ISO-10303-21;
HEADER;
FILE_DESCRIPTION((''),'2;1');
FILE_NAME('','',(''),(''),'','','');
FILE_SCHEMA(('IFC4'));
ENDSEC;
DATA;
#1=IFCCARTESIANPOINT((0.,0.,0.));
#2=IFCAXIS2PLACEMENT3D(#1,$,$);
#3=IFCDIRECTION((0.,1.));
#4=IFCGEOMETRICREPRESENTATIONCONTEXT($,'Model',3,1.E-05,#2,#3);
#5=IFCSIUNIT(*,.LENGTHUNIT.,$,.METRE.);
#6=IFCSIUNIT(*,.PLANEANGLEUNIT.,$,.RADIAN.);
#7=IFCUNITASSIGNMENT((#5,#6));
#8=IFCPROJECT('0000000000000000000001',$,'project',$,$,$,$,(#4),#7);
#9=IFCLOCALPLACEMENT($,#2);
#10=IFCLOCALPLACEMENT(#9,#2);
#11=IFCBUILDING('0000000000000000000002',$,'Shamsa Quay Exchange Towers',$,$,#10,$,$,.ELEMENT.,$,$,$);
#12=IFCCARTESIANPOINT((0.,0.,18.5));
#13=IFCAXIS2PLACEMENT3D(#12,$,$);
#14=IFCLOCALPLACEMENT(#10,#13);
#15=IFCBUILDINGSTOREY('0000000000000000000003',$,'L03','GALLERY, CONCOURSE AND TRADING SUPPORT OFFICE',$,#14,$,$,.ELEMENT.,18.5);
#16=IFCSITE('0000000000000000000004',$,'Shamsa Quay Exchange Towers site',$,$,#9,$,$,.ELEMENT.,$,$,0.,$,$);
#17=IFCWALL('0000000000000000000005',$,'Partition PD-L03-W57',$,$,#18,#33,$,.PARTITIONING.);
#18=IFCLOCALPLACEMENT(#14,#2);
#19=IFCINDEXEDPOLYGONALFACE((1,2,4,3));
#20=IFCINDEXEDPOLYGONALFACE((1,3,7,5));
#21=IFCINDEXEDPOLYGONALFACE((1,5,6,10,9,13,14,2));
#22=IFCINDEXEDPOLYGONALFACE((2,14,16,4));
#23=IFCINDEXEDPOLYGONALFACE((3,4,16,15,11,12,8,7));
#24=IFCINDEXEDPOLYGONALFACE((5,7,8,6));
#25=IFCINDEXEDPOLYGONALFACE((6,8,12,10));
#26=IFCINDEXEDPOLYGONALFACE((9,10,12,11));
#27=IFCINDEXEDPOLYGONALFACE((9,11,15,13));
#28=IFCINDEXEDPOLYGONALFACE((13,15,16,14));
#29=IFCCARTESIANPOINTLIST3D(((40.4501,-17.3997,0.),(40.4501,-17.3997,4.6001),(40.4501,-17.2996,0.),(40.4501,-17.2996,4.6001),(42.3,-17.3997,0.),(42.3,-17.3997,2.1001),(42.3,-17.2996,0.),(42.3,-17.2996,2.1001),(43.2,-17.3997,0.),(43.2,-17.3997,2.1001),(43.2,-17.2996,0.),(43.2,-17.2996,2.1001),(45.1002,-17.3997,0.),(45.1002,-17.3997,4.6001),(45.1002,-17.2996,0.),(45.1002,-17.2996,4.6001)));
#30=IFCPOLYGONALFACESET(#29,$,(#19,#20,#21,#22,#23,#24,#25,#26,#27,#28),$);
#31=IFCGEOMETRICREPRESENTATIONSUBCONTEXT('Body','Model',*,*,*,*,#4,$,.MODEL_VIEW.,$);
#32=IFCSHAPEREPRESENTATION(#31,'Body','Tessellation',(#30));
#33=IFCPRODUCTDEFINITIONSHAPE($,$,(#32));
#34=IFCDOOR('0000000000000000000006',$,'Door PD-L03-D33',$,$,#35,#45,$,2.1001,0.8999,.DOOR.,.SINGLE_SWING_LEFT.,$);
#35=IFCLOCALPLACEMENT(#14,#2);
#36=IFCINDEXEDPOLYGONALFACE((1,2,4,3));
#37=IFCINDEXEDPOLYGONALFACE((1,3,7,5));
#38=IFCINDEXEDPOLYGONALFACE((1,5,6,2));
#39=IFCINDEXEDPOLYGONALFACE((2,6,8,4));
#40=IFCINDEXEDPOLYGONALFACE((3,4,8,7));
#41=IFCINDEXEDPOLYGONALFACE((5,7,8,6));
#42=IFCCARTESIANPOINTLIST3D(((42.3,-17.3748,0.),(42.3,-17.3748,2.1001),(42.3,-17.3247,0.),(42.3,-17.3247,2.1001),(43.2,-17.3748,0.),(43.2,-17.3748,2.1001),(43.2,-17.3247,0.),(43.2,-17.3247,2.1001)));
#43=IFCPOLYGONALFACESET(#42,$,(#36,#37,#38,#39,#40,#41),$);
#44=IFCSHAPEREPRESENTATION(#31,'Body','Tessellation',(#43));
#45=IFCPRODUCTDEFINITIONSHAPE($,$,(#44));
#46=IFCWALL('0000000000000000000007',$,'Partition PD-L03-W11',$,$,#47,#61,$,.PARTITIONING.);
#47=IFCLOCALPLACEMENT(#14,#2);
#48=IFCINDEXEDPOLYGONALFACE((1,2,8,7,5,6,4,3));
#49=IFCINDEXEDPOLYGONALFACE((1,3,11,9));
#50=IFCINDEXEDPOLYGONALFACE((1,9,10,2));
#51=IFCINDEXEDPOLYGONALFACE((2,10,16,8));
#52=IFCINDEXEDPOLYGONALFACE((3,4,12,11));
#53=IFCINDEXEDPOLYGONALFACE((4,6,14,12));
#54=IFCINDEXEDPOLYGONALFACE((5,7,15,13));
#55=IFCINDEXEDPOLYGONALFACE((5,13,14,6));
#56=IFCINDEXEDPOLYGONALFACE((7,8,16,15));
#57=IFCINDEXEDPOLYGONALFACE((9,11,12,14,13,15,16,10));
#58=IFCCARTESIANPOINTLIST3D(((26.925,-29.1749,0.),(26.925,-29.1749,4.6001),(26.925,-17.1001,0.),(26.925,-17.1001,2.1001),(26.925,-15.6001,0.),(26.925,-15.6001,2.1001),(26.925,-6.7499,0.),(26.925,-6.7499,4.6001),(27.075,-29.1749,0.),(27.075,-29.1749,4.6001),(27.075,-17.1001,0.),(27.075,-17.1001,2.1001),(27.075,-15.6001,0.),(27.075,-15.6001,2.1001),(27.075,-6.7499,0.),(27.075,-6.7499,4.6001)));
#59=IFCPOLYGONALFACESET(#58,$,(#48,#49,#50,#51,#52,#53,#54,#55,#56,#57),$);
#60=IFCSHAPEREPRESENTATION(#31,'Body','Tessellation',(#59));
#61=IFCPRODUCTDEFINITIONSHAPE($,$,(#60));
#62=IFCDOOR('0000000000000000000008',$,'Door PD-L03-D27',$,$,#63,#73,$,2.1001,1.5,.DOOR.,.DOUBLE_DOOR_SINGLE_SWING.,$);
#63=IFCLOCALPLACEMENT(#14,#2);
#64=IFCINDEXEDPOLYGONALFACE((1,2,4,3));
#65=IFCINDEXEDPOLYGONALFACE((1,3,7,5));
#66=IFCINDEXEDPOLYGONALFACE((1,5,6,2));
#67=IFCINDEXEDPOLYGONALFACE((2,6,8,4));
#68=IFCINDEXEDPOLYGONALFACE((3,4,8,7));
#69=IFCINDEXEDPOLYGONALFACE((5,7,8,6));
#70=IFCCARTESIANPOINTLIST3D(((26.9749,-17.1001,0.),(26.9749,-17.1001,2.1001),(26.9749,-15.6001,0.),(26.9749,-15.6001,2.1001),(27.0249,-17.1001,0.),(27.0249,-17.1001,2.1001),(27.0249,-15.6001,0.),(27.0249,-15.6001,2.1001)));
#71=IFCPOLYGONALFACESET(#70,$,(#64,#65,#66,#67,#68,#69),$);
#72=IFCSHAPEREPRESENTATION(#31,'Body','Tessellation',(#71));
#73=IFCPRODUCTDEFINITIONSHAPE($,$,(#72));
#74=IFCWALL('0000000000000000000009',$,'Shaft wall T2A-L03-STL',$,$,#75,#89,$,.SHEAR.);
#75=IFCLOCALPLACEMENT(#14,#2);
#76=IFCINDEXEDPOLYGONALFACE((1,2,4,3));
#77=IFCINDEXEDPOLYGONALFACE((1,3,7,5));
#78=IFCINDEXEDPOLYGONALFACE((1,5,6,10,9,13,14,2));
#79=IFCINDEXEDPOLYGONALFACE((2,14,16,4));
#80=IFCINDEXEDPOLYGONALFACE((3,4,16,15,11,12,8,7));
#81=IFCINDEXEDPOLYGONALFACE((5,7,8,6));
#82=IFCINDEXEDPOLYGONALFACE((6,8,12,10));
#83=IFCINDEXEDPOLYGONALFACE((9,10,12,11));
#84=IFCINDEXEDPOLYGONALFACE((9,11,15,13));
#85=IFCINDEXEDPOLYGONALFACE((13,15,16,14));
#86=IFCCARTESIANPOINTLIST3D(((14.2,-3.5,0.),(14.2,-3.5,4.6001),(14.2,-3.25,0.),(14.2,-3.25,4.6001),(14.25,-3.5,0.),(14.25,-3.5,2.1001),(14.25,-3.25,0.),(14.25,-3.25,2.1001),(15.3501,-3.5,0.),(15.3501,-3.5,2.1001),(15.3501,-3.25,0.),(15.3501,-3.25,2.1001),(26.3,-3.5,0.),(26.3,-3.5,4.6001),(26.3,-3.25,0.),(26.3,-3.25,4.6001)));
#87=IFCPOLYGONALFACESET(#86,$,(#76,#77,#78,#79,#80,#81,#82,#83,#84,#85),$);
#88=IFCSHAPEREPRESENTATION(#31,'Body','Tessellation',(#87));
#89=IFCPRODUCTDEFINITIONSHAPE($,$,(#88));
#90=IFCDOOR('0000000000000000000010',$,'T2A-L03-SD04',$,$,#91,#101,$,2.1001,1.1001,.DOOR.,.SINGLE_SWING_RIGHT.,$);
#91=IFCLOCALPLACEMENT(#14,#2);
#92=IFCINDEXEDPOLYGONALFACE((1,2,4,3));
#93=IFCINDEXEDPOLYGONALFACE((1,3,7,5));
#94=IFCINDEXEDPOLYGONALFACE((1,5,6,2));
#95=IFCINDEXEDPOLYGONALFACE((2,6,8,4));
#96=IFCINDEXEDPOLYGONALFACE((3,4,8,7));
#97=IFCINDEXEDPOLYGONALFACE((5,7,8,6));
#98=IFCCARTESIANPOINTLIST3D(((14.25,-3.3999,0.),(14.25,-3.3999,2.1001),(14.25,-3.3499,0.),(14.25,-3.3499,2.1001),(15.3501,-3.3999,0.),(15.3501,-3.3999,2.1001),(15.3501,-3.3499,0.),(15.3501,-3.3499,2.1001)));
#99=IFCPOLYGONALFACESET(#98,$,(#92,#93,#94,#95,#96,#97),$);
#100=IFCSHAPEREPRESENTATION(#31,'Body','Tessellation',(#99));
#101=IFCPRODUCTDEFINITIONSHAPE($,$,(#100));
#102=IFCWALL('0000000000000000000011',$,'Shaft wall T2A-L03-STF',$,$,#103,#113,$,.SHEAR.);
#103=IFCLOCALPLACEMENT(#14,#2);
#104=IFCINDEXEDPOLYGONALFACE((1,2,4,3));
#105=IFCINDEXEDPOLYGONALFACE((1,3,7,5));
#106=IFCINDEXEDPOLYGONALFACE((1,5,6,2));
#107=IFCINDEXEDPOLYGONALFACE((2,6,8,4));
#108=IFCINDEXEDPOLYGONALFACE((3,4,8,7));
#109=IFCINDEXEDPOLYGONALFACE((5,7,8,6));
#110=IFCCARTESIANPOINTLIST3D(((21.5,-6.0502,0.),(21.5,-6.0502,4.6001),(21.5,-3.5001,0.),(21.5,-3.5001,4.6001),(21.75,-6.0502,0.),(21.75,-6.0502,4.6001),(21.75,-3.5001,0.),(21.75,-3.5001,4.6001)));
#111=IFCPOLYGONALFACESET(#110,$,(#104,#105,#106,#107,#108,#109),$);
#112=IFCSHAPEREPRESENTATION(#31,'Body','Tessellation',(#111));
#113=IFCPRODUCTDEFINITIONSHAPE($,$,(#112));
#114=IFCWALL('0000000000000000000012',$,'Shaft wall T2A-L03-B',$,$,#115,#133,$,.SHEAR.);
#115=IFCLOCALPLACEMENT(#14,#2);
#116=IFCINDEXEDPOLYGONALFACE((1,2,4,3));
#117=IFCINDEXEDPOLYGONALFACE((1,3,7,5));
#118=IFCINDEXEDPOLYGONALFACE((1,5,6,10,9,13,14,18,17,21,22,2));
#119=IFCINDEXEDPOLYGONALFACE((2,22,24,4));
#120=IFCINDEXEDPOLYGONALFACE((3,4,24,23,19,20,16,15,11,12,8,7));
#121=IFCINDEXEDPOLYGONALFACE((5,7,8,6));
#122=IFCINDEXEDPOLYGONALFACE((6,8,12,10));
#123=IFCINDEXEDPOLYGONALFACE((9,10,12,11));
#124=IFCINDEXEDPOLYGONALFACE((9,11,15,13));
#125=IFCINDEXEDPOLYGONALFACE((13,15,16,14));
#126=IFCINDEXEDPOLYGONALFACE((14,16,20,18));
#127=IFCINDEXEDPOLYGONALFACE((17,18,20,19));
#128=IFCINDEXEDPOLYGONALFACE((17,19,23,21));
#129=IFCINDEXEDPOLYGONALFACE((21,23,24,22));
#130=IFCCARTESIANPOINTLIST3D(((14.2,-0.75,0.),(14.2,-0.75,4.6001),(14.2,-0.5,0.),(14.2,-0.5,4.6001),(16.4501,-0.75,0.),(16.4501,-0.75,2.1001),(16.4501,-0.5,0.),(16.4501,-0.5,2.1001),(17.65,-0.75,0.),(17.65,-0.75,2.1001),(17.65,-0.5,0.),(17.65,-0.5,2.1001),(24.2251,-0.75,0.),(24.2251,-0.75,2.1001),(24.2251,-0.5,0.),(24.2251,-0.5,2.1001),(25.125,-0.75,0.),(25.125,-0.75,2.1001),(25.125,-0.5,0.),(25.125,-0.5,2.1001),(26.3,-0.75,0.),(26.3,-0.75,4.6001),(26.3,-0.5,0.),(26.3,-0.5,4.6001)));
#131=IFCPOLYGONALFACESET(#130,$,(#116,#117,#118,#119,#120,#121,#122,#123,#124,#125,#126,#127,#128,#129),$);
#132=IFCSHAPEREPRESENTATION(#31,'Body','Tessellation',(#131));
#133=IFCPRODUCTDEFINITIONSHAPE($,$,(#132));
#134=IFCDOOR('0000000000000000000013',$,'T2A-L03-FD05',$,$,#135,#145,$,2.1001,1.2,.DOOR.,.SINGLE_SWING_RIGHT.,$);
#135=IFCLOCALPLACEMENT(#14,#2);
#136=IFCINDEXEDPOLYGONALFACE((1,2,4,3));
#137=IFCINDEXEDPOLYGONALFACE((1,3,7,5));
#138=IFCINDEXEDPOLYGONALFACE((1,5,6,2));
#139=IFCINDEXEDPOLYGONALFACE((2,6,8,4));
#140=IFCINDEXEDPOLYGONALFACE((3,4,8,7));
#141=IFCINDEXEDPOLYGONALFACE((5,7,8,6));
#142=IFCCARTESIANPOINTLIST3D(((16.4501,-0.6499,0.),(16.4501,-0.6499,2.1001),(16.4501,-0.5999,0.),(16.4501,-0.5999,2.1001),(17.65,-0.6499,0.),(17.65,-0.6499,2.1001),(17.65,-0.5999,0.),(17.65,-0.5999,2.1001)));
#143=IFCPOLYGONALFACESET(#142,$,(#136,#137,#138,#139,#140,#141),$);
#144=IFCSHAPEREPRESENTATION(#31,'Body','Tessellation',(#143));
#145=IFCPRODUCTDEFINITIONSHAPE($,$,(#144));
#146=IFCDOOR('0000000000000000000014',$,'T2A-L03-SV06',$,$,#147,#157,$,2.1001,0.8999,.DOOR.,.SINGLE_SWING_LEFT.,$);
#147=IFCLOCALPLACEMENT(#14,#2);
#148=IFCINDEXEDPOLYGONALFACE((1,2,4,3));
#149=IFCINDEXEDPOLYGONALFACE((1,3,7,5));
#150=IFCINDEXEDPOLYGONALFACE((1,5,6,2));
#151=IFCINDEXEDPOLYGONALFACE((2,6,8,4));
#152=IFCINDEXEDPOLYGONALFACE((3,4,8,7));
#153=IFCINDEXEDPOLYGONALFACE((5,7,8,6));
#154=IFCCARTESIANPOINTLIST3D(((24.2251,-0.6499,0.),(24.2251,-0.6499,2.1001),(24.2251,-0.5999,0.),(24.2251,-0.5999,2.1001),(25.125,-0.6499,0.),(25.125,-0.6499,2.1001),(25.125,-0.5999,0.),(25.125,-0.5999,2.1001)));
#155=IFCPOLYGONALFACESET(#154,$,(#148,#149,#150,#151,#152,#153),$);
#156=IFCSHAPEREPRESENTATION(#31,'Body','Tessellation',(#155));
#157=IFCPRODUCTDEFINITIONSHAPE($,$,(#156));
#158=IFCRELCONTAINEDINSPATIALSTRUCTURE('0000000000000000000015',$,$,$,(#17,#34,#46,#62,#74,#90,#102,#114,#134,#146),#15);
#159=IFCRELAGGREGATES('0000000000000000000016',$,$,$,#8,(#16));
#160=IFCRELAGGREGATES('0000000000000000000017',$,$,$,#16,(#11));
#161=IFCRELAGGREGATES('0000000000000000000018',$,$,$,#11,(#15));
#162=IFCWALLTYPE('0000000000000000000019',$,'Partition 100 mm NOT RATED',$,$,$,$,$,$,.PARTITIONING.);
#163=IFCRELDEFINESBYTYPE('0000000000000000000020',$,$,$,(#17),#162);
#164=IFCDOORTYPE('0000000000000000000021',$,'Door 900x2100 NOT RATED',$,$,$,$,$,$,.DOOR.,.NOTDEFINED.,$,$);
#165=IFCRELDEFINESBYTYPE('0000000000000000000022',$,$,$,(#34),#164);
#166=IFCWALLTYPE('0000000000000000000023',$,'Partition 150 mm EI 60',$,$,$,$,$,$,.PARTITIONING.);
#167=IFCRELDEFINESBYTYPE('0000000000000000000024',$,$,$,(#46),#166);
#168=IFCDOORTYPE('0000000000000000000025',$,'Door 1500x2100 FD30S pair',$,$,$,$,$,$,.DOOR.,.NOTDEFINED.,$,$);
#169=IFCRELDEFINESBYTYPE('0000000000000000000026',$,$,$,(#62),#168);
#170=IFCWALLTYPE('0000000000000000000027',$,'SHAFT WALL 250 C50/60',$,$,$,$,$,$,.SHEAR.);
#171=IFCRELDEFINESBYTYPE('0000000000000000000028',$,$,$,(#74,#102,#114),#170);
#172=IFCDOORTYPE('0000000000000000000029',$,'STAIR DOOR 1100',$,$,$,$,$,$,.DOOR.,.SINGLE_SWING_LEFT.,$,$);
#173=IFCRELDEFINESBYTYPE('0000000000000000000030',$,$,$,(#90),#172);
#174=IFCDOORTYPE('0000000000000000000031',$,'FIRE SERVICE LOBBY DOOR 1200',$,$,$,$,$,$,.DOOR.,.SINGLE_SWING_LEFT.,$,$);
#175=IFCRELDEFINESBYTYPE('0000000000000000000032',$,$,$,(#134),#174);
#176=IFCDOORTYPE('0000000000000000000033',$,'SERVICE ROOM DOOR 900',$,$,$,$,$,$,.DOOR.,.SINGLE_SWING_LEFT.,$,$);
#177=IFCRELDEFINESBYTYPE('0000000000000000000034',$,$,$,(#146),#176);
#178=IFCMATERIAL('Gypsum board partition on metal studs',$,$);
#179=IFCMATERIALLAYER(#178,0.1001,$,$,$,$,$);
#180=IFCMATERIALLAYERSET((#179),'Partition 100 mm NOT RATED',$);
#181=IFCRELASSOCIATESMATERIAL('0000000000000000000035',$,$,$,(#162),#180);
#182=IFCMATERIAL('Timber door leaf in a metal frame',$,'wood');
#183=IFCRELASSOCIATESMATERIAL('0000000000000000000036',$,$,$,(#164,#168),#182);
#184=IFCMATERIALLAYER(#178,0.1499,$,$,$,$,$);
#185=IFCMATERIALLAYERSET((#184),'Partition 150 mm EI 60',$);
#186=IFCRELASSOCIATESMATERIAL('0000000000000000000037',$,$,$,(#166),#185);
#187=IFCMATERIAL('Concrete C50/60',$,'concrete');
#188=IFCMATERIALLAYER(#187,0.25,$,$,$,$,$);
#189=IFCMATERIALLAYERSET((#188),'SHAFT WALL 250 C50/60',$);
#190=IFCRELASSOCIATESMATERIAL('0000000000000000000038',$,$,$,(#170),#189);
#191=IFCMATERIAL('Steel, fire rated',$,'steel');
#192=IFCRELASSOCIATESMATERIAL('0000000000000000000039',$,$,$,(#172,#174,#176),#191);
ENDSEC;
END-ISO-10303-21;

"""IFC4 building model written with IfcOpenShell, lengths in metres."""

from ifc_helpers import new_model, si_unit, direction, frame, frame_2d, origin, place, context, subcontext, project, spatial, rectangle, extrude, material, layer, layer_set, type_object, element, fill, save


model = new_model("IFC4")

# Units and contexts
model_context = context("Model", 3, precision=1e-05, world=origin(), true_north=direction((0.0, 1.0)))
body_context = subcontext(model_context, "Body", "Model", "MODEL_VIEW")
ifc_project = project(units=[si_unit("LENGTHUNIT", "METRE"), si_unit("PLANEANGLEUNIT", "RADIAN")], contexts=[model_context])

# Site, building, storey
site_placement = place(None, origin())
site = spatial("IfcSite", under=ifc_project, at=site_placement, Name="Shamsa Quay Exchange Towers site", CompositionType="ELEMENT", RefElevation=0.0)
building_placement = place(site_placement, origin())
building = spatial("IfcBuilding", under=site, at=building_placement, Name="Shamsa Quay Exchange Towers", CompositionType="ELEMENT")
storey_placement = place(building_placement, frame((0.0, 0.0, 18.5)))
storey = spatial("IfcBuildingStorey", under=building, at=storey_placement, Name="L03", Description="GALLERY, CONCOURSE AND TRADING SUPPORT OFFICE", CompositionType="ELEMENT", Elevation=18.5)

# Shared definitions
ifc_material_1 = material(Name="Steel, fire rated", Category="steel")
ifc_material_2 = material(Name="Gypsum board partition on metal studs")
ifc_layer_1 = layer(ifc_material_2, 0.1001)
ifc_layer_set_1 = layer_set([ifc_layer_1], Name="Partition 100 mm NOT RATED")
wall_type_1 = type_object("IfcWallType", Name="Partition 100 mm NOT RATED", PredefinedType="PARTITIONING", material=ifc_layer_set_1)
ifc_material_3 = material(Name="Timber door leaf in a metal frame", Category="wood")
door_type_1 = type_object("IfcDoorType", Name="Door 900x2100 NOT RATED", OperationType="NOTDEFINED", PredefinedType="DOOR", material=ifc_material_3)

# Walls, openings, doors
wall_1_placement = place(storey_placement, frame((40.45, -17.3496, 0.0)))
wall_1 = element("IfcWall", 1, at=wall_1_placement, inside=storey, type_object=wall_type_1, Name="Partition PD-L03-W57", PredefinedType="PARTITIONING", context=body_context, shape_type="SweptSolid", body=[
    extrude(rectangle(XDim=4.6501, YDim=0.1001, at=frame_2d((2.3252, 0.0))), origin(), (0.0, 0.0, 1.0), 4.6001),
])
opening_1_placement = place(wall_1_placement, frame((1.8501, 0.0, 0.0)))
opening_1 = element("IfcOpeningElement", 2, at=opening_1_placement, cuts=wall_1, PredefinedType="OPENING", context=body_context, shape_type="SweptSolid", body=[
    extrude(rectangle(XDim=0.8999, YDim=2.1001, at=frame_2d((0.45, 1.05))), frame((0.0, 0.0601, 0.0), z_axis=(0.0, -1.0, 0.0), x_axis=(1.0, 0.0, 0.0)), (0.0, 0.0, 1.0), 0.1201),
])
door_1_placement = place(opening_1_placement, origin())
door_1 = element("IfcDoor", 3, at=door_1_placement, inside=storey, type_object=door_type_1, Name="Door PD-L03-D33", OperationType="SINGLE_SWING_LEFT", OverallHeight=2.1001, OverallWidth=0.8999, PredefinedType="DOOR", context=body_context, shape_type="SweptSolid", body=[
    extrude(rectangle(XDim=0.8999, YDim=2.1001, at=frame_2d((0.45, 1.05))), frame((0.0, 0.0249, 0.0), z_axis=(0.0, -1.0, 0.0), x_axis=(1.0, 0.0, 0.0)), (0.0, 0.0, 1.0), 0.05),
])
fill(opening_1, door_1)
ifc_layer_2 = layer(ifc_material_2, 0.1499)
ifc_layer_set_2 = layer_set([ifc_layer_2], Name="Partition 150 mm EI 60")
wall_type_2 = type_object("IfcWallType", Name="Partition 150 mm EI 60", PredefinedType="PARTITIONING", material=ifc_layer_set_2)
wall_2_placement = place(storey_placement, frame((27.0, -6.75, 0.0), z_axis=(0.0, 0.0, 1.0), x_axis=(0.0, -1.0, 0.0)))
wall_2 = element("IfcWall", 4, at=wall_2_placement, inside=storey, type_object=wall_type_2, Name="Partition PD-L03-W11", PredefinedType="PARTITIONING", context=body_context, shape_type="SweptSolid", body=[
    extrude(rectangle(XDim=22.425, YDim=0.1499, at=frame_2d((11.2124, 0.0))), origin(), (0.0, 0.0, 1.0), 4.6001),
])
opening_2_placement = place(wall_2_placement, frame((8.8501, 0.0, 0.0)))
opening_2 = element("IfcOpeningElement", 5, at=opening_2_placement, cuts=wall_2, PredefinedType="OPENING", context=body_context, shape_type="SweptSolid", body=[
    extrude(rectangle(XDim=1.5, YDim=2.1001, at=frame_2d((0.75, 1.05))), frame((0.0, 0.085, 0.0), z_axis=(0.0, -1.0, 0.0), x_axis=(1.0, 0.0, 0.0)), (0.0, 0.0, 1.0), 0.1699),
])
door_type_2 = type_object("IfcDoorType", Name="Door 1500x2100 FD30S pair", OperationType="NOTDEFINED", PredefinedType="DOOR", material=ifc_material_3)
door_2_placement = place(opening_2_placement, origin())
door_2 = element("IfcDoor", 6, at=door_2_placement, inside=storey, type_object=door_type_2, Name="Door PD-L03-D27", OperationType="DOUBLE_DOOR_SINGLE_SWING", OverallHeight=2.1001, OverallWidth=1.5, PredefinedType="DOOR", context=body_context, shape_type="SweptSolid", body=[
    extrude(rectangle(XDim=1.5, YDim=2.1001, at=frame_2d((0.75, 1.05))), frame((0.0, 0.0249, 0.0), z_axis=(0.0, -1.0, 0.0), x_axis=(1.0, 0.0, 0.0)), (0.0, 0.0, 1.0), 0.05),
])
fill(opening_2, door_2)
ifc_material_4 = material(Name="Concrete C50/60", Category="concrete")
ifc_layer_3 = layer(ifc_material_4, 0.25)
ifc_layer_set_3 = layer_set([ifc_layer_3], Name="SHAFT WALL 250 C50/60")
wall_type_3 = type_object("IfcWallType", Name="SHAFT WALL 250 C50/60", PredefinedType="SHEAR", material=ifc_layer_set_3)
wall_3_placement = place(storey_placement, frame((26.3, -3.375, 0.0), z_axis=(0.0, 0.0, 1.0), x_axis=(-1.0, 0.0, 0.0)))
wall_3 = element("IfcWall", 7, at=wall_3_placement, inside=storey, type_object=wall_type_3, Name="Shaft wall T2A-L03-STL", PredefinedType="SHEAR", context=body_context, shape_type="SweptSolid", body=[
    extrude(rectangle(XDim=12.1001, YDim=0.25, at=frame_2d((6.05, 0.0))), origin(), (0.0, 0.0, 1.0), 4.6001),
])
opening_3_placement = place(wall_3_placement, frame((10.95, 0.0, 0.0)))
opening_3 = element("IfcOpeningElement", 8, at=opening_3_placement, cuts=wall_3, PredefinedType="OPENING", context=body_context, shape_type="SweptSolid", body=[
    extrude(rectangle(XDim=1.1001, YDim=2.1001, at=frame_2d((0.55, 1.05))), frame((0.0, 0.135, 0.0), z_axis=(0.0, -1.0, 0.0), x_axis=(1.0, 0.0, 0.0)), (0.0, 0.0, 1.0), 0.27),
])
door_type_3 = type_object("IfcDoorType", Name="STAIR DOOR 1100", OperationType="SINGLE_SWING_LEFT", PredefinedType="DOOR", material=ifc_material_1)
door_3_placement = place(opening_3_placement, origin())
door_3 = element("IfcDoor", 9, at=door_3_placement, inside=storey, type_object=door_type_3, Name="T2A-L03-SD04", OperationType="SINGLE_SWING_RIGHT", OverallHeight=2.1001, OverallWidth=1.1001, PredefinedType="DOOR", context=body_context, shape_type="SweptSolid", body=[
    extrude(rectangle(XDim=1.1001, YDim=2.1001, at=frame_2d((0.55, 1.05))), frame((0.0, 0.0249, 0.0), z_axis=(0.0, -1.0, 0.0), x_axis=(1.0, 0.0, 0.0)), (0.0, 0.0, 1.0), 0.05),
])
fill(opening_3, door_3)

# Wall
wall_4_placement = place(storey_placement, frame((21.625, -6.05, 0.0), z_axis=(0.0, 0.0, 1.0), x_axis=(0.0, 1.0, 0.0)))
element("IfcWall", 10, at=wall_4_placement, inside=storey, type_object=wall_type_3, Name="Shaft wall T2A-L03-STF", PredefinedType="SHEAR", context=body_context, shape_type="SweptSolid", body=[
    extrude(rectangle(XDim=2.55, YDim=0.25, at=frame_2d((1.2749, 0.0))), origin(), (0.0, 0.0, 1.0), 4.6001),
])

# Wall, openings, doors
wall_5_placement = place(storey_placement, frame((26.3, -0.625, 0.0), z_axis=(0.0, 0.0, 1.0), x_axis=(-1.0, 0.0, 0.0)))
wall_5 = element("IfcWall", 11, at=wall_5_placement, inside=storey, type_object=wall_type_3, Name="Shaft wall T2A-L03-B", PredefinedType="SHEAR", context=body_context, shape_type="SweptSolid", body=[
    extrude(rectangle(XDim=12.1001, YDim=0.25, at=frame_2d((6.05, 0.0))), origin(), (0.0, 0.0, 1.0), 4.6001),
])
opening_4_placement = place(wall_5_placement, frame((8.6499, 0.0, 0.0)))
opening_4 = element("IfcOpeningElement", 12, at=opening_4_placement, cuts=wall_5, PredefinedType="OPENING", context=body_context, shape_type="SweptSolid", body=[
    extrude(rectangle(XDim=1.2, YDim=2.1001, at=frame_2d((0.6001, 1.05))), frame((0.0, 0.135, 0.0), z_axis=(0.0, -1.0, 0.0), x_axis=(1.0, 0.0, 0.0)), (0.0, 0.0, 1.0), 0.27),
])
opening_5_placement = place(wall_5_placement, frame((1.175, 0.0, 0.0)))
opening_5 = element("IfcOpeningElement", 13, at=opening_5_placement, cuts=wall_5, PredefinedType="OPENING", context=body_context, shape_type="SweptSolid", body=[
    extrude(rectangle(XDim=0.8999, YDim=2.1001, at=frame_2d((0.45, 1.05))), frame((0.0, 0.135, 0.0), z_axis=(0.0, -1.0, 0.0), x_axis=(1.0, 0.0, 0.0)), (0.0, 0.0, 1.0), 0.27),
])
door_type_4 = type_object("IfcDoorType", Name="FIRE SERVICE LOBBY DOOR 1200", OperationType="SINGLE_SWING_LEFT", PredefinedType="DOOR", material=ifc_material_1)
door_4_placement = place(opening_4_placement, origin())
door_4 = element("IfcDoor", 14, at=door_4_placement, inside=storey, type_object=door_type_4, Name="T2A-L03-FD05", OperationType="SINGLE_SWING_RIGHT", OverallHeight=2.1001, OverallWidth=1.2, PredefinedType="DOOR", context=body_context, shape_type="SweptSolid", body=[
    extrude(rectangle(XDim=1.2, YDim=2.1001, at=frame_2d((0.6001, 1.05))), frame((0.0, 0.0249, 0.0), z_axis=(0.0, -1.0, 0.0), x_axis=(1.0, 0.0, 0.0)), (0.0, 0.0, 1.0), 0.05),
])
fill(opening_4, door_4)
door_type_5 = type_object("IfcDoorType", Name="SERVICE ROOM DOOR 900", OperationType="SINGLE_SWING_LEFT", PredefinedType="DOOR", material=ifc_material_1)
door_5_placement = place(opening_5_placement, origin())
door_5 = element("IfcDoor", 15, at=door_5_placement, inside=storey, type_object=door_type_5, Name="T2A-L03-SV06", OperationType="SINGLE_SWING_LEFT", OverallHeight=2.1001, OverallWidth=0.8999, PredefinedType="DOOR", context=body_context, shape_type="SweptSolid", body=[
    extrude(rectangle(XDim=0.8999, YDim=2.1001, at=frame_2d((0.45, 1.05))), frame((0.0, 0.0249, 0.0), z_axis=(0.0, -1.0, 0.0), x_axis=(1.0, 0.0, 0.0)), (0.0, 0.0, 1.0), 0.05),
])
fill(opening_5, door_5)

save(model, "model.ifc")
